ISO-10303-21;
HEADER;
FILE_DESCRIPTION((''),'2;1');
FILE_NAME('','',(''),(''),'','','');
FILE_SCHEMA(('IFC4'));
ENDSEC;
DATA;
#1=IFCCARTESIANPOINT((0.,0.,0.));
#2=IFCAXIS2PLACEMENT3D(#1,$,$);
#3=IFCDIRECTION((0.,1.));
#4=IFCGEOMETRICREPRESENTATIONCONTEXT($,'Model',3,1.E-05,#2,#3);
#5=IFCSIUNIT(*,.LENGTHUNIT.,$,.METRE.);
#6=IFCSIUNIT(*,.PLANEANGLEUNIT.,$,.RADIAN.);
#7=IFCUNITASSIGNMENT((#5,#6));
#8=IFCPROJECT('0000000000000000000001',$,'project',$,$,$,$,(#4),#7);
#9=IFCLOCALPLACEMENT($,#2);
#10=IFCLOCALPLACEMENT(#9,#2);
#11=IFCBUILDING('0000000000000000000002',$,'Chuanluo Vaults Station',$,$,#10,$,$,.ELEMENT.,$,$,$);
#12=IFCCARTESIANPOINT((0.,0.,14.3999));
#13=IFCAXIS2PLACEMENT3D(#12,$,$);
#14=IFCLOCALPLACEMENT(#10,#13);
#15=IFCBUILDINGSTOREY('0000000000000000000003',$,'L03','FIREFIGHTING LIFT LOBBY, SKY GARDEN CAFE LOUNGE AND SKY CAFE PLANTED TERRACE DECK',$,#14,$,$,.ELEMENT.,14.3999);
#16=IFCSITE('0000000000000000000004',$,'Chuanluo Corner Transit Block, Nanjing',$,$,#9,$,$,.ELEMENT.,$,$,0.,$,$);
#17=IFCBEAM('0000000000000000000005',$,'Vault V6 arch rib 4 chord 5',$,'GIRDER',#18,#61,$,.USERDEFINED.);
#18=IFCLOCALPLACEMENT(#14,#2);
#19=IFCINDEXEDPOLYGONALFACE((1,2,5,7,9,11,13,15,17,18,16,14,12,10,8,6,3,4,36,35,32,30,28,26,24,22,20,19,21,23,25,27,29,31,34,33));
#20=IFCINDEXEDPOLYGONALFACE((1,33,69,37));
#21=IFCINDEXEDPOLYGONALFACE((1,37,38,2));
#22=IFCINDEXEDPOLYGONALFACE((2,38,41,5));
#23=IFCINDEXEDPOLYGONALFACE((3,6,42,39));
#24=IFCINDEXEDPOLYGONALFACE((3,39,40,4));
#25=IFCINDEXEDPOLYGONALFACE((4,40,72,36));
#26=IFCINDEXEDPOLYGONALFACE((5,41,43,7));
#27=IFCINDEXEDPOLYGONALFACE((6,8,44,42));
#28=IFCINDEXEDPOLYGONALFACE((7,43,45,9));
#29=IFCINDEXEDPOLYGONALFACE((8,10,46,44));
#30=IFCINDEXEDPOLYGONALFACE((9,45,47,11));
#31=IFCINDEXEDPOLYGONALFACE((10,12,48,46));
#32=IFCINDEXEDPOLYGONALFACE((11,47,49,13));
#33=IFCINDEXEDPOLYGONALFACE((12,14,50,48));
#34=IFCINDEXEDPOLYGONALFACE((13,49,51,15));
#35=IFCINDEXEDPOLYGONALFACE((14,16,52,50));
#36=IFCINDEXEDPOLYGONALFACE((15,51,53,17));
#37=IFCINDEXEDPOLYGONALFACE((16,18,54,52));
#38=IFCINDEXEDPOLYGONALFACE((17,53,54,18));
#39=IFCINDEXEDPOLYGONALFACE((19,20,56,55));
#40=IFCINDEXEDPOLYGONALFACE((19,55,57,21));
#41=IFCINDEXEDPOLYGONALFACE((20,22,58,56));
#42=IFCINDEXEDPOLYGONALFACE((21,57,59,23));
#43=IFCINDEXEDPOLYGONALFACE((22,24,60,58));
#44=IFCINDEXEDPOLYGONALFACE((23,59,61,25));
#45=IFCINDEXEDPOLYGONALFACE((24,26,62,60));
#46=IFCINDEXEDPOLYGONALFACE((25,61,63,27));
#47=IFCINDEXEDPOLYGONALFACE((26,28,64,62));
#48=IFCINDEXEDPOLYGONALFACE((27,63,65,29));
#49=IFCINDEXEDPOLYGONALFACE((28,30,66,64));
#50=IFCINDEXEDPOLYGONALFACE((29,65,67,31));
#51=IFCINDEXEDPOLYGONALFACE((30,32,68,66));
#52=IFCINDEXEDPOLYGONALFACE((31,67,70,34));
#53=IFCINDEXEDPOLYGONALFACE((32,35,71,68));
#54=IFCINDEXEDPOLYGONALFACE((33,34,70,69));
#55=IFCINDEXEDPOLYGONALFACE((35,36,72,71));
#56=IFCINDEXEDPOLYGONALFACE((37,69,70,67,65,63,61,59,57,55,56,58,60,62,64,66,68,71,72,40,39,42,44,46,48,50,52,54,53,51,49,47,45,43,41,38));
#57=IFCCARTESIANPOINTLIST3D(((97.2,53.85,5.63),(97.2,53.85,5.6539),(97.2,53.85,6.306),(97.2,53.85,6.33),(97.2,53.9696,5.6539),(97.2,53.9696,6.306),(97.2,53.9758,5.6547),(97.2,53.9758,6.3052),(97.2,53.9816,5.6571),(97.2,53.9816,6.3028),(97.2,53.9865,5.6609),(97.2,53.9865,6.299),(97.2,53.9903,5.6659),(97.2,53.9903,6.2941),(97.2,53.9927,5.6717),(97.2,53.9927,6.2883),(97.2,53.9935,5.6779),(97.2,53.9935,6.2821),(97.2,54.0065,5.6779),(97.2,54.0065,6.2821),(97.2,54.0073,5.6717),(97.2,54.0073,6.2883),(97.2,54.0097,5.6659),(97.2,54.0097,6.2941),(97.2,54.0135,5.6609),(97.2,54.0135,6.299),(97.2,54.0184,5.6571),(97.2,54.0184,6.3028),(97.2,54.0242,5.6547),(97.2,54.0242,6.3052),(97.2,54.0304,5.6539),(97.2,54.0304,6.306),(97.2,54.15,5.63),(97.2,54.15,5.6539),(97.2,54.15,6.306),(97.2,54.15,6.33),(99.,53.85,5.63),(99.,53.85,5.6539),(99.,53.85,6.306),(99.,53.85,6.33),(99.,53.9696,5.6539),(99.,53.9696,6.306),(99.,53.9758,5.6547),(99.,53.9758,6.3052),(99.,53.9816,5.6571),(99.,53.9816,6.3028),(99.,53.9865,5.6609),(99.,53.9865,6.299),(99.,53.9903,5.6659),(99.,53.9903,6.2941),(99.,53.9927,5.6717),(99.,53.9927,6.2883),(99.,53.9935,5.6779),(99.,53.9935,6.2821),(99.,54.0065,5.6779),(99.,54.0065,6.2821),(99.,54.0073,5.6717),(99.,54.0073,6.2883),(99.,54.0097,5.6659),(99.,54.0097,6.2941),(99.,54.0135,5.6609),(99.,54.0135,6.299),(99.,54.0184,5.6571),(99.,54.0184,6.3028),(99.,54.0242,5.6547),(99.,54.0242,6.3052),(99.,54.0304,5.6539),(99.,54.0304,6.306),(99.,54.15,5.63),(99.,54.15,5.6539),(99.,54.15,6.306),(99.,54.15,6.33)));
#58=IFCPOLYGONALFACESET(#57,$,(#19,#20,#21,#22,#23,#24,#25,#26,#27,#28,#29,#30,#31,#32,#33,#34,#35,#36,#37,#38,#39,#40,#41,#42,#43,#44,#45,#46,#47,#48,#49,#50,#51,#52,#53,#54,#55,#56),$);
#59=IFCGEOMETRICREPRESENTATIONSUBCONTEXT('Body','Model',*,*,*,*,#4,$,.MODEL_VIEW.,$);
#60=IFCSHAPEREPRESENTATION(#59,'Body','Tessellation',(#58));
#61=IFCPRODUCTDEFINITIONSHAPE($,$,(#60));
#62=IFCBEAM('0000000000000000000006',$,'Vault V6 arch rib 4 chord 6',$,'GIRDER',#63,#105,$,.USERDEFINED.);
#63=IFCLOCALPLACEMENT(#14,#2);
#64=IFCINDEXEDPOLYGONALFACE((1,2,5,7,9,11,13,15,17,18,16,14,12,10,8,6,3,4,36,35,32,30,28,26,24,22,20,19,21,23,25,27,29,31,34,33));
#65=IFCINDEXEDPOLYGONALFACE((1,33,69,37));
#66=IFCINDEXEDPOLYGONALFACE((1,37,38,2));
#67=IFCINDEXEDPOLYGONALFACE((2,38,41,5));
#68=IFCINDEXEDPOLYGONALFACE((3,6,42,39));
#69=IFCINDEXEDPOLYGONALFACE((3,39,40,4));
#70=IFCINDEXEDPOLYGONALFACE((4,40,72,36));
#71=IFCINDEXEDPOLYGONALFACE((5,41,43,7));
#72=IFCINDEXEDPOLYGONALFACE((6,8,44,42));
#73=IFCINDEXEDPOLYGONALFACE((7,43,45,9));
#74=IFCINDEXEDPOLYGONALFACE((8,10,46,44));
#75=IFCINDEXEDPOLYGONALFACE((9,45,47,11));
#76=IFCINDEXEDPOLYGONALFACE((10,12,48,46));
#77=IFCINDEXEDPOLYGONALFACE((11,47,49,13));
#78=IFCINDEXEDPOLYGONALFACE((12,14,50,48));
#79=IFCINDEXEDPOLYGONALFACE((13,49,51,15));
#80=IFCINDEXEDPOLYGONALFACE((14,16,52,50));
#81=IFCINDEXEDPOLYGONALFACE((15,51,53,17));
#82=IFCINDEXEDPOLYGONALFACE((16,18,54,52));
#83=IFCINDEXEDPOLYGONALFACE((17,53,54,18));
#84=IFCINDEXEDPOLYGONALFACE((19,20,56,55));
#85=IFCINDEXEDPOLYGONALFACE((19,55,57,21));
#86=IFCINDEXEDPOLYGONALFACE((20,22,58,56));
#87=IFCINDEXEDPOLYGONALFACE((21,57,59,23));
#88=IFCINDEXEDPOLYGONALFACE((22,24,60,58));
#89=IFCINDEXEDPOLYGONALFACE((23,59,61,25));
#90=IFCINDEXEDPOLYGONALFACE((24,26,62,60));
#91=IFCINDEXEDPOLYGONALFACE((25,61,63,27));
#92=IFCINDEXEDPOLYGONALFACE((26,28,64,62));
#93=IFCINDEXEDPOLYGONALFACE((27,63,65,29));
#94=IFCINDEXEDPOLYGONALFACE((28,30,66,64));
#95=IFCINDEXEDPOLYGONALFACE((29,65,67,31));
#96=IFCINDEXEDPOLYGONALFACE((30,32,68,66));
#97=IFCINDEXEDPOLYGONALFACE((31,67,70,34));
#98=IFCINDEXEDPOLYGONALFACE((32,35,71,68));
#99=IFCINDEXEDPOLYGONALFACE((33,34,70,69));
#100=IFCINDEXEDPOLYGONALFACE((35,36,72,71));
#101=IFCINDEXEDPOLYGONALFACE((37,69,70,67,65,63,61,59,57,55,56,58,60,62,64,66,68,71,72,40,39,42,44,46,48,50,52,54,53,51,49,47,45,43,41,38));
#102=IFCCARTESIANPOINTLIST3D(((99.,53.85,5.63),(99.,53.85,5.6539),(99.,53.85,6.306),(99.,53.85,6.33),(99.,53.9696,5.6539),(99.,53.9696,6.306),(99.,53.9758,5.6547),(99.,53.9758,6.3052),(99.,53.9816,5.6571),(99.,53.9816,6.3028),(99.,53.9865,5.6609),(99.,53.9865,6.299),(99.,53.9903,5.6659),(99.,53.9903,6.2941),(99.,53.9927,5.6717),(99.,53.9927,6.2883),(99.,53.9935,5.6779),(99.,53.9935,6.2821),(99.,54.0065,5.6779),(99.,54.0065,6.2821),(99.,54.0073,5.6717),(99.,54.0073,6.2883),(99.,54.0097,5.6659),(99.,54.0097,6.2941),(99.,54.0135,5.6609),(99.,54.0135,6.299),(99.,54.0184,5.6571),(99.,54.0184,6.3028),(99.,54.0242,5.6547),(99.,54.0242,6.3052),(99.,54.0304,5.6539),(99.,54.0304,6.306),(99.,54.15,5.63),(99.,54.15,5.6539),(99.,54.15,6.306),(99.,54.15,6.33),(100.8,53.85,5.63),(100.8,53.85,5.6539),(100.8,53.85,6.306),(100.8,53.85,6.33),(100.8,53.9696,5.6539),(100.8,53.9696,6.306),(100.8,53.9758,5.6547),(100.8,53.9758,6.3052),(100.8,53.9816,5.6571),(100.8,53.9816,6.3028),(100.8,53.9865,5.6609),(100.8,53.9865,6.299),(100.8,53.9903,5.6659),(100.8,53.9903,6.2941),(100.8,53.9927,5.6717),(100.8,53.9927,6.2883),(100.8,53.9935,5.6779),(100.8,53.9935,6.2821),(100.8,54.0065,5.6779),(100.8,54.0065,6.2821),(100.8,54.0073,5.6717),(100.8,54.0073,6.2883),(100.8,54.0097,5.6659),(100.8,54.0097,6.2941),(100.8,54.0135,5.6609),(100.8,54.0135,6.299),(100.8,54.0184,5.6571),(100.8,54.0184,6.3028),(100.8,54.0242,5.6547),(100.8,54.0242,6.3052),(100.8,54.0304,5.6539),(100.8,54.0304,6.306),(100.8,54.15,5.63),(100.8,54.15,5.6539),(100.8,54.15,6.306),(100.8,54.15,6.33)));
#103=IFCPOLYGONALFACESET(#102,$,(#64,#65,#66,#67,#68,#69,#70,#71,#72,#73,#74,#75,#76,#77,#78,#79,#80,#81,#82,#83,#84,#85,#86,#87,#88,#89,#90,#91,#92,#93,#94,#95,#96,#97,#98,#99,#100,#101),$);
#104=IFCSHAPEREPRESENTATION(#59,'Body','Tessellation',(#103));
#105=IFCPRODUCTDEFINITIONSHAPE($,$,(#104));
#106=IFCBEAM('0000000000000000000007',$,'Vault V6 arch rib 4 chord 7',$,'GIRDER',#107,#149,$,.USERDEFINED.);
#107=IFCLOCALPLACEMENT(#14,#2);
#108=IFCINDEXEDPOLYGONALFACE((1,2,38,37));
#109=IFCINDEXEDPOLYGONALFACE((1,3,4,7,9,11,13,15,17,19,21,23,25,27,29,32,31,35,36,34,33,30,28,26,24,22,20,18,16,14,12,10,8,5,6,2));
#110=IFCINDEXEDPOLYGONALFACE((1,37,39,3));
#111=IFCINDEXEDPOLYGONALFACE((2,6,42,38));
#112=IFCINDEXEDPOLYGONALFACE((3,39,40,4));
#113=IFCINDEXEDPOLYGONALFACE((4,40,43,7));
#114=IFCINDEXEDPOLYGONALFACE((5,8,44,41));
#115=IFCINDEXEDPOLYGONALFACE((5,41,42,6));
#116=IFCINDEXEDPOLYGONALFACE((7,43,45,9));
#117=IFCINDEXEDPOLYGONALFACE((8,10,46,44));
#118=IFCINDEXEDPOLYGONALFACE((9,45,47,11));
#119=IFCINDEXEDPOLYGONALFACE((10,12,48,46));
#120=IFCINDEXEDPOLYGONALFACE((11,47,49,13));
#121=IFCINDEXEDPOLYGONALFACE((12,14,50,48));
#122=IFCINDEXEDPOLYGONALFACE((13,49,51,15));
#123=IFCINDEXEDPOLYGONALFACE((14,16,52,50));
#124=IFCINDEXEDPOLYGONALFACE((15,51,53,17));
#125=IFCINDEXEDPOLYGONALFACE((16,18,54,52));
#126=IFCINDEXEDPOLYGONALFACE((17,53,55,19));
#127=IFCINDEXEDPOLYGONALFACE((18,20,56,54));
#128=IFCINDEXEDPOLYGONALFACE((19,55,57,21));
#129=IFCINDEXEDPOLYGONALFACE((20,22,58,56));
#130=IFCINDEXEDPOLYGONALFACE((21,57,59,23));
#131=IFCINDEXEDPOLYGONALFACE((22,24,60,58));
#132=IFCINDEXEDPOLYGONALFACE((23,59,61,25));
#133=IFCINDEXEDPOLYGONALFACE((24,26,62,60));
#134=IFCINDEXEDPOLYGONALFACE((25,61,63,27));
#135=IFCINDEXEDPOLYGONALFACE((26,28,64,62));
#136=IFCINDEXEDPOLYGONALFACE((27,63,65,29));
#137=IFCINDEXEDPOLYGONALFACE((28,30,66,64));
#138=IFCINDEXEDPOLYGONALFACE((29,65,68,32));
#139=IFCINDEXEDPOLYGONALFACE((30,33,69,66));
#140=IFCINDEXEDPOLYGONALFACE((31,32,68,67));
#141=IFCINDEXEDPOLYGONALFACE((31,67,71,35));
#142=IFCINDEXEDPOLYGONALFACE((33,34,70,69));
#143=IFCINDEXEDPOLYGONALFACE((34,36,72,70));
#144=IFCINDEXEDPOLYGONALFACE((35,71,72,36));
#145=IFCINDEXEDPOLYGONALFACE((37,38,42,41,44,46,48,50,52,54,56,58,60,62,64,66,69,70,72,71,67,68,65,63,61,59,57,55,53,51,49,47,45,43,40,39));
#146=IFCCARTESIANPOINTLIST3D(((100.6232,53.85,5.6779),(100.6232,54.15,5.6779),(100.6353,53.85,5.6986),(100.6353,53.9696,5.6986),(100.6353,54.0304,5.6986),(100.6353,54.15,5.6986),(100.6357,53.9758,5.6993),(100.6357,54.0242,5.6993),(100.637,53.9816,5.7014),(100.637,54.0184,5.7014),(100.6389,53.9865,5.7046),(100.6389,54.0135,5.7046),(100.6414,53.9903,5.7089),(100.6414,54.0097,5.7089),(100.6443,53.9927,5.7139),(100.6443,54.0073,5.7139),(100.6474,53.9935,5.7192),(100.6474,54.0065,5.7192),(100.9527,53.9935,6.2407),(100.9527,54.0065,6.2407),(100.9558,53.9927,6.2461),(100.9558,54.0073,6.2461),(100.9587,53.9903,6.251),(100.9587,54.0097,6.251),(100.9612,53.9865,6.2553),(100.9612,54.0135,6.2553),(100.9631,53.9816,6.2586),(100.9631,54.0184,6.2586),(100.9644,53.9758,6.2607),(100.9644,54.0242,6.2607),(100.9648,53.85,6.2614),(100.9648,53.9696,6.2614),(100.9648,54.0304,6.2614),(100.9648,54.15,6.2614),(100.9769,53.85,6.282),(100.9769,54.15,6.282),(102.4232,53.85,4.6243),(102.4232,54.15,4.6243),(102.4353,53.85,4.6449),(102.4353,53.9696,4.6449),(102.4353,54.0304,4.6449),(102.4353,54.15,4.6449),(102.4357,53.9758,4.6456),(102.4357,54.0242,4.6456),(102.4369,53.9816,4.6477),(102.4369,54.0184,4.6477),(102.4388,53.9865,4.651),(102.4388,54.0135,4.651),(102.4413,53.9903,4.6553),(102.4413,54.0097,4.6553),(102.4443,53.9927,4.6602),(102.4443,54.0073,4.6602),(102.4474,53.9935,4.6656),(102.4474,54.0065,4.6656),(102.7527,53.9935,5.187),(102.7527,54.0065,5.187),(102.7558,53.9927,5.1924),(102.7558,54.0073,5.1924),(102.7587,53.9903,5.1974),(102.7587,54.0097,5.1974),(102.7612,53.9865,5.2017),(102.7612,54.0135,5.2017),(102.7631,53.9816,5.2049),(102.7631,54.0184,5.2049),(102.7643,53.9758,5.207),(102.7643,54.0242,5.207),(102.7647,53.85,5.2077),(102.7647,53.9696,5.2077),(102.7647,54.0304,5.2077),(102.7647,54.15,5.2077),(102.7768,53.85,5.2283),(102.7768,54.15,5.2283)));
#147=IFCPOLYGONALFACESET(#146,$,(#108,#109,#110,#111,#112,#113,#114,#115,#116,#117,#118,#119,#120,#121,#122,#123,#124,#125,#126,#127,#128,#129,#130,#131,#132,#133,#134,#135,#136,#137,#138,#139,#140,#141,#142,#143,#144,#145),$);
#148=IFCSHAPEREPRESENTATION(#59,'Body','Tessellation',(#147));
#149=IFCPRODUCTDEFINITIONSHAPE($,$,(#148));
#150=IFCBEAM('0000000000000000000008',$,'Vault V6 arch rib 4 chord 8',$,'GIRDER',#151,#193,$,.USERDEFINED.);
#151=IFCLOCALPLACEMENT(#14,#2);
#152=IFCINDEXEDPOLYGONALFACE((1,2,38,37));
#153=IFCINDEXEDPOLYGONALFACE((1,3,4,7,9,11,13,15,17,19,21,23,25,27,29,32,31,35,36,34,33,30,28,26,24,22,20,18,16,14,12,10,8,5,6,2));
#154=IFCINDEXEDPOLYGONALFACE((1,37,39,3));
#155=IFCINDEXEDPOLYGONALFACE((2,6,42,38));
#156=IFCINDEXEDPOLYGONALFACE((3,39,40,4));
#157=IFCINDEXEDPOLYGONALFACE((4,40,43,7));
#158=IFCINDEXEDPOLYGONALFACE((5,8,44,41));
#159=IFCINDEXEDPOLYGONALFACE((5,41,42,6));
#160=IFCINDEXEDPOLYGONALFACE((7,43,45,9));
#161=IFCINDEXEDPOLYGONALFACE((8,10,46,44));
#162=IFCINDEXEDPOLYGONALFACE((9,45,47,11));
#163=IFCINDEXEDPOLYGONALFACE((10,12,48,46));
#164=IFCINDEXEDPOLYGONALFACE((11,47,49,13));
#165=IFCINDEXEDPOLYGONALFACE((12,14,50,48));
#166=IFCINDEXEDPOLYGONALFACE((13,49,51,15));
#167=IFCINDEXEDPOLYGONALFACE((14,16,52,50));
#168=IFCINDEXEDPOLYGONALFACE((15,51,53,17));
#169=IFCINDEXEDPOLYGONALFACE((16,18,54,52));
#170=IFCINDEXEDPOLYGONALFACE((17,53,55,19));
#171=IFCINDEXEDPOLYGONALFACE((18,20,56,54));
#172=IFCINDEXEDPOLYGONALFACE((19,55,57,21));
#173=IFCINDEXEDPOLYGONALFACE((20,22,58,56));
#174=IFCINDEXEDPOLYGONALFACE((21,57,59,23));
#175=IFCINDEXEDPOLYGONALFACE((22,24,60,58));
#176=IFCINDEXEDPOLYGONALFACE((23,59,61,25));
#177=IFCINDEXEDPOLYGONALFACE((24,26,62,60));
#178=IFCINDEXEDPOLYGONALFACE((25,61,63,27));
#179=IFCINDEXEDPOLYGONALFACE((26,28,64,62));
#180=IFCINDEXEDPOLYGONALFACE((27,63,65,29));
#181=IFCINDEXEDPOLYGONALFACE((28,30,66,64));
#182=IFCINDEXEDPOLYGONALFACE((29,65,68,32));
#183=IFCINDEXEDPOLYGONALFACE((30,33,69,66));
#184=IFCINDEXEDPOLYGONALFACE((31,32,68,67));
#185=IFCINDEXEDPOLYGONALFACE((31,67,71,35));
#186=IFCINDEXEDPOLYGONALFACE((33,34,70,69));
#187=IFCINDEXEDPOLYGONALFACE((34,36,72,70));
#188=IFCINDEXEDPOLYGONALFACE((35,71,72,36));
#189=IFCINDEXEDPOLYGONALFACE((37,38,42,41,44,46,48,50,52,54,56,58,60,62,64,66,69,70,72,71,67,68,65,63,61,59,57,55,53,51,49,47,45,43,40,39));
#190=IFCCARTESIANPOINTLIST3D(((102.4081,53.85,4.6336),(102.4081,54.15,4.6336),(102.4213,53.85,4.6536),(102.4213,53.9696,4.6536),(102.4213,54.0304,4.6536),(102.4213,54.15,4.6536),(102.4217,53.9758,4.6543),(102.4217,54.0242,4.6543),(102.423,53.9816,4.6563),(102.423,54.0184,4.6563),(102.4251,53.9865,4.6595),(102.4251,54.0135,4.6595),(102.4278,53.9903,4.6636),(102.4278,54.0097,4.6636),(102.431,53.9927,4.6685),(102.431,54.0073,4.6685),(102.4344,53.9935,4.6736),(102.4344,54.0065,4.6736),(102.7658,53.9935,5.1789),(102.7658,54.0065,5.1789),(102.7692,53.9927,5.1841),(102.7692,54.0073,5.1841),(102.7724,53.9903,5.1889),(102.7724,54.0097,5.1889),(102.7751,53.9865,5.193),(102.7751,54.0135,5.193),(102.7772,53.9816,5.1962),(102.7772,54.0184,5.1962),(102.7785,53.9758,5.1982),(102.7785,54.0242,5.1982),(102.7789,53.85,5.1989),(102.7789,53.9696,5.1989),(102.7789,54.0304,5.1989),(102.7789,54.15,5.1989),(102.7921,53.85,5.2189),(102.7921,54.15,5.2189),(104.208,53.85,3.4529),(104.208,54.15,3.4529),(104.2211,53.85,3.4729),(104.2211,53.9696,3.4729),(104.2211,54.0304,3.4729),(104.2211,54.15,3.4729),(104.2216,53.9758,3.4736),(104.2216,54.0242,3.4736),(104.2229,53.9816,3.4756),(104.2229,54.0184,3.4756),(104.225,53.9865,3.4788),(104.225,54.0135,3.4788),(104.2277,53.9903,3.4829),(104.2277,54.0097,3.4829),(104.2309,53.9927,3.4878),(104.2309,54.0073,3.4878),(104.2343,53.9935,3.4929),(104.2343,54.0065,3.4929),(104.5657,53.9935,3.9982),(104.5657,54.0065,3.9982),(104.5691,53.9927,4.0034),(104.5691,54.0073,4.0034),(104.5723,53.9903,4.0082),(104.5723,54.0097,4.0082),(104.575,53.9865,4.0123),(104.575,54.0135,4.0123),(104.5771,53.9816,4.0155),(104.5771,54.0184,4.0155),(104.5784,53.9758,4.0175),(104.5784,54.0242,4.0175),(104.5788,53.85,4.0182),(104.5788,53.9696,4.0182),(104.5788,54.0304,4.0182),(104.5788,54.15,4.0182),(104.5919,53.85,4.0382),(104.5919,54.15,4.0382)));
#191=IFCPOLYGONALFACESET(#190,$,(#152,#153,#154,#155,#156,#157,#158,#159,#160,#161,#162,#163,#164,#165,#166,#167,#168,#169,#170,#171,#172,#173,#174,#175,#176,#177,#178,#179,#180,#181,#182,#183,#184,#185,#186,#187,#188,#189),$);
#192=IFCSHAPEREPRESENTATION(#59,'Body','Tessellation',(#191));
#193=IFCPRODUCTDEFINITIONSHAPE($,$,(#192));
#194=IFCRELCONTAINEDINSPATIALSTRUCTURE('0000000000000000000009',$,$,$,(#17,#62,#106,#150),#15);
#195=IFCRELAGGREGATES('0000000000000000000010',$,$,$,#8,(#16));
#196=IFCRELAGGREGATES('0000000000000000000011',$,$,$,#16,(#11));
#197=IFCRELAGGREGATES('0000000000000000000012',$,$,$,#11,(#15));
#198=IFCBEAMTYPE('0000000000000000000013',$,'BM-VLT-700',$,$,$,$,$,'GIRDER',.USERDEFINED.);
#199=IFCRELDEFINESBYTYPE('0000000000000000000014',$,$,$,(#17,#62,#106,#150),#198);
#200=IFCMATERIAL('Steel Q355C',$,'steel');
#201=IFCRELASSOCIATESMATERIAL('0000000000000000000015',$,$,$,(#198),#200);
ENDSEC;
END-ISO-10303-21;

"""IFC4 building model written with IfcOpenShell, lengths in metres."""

from ifc_helpers import new_model, si_unit, direction, frame, origin, origin_2d, place, context, subcontext, project, spatial, i_section, extrude, material, material_profile, profile_set, type_object, element, save


model = new_model("IFC4")

# Units and contexts
model_context = context("Model", 3, precision=1e-05, world=origin(), true_north=direction((0.0, 1.0)))
body_context = subcontext(model_context, "Body", "Model", "MODEL_VIEW")
ifc_project = project(units=[si_unit("LENGTHUNIT", "METRE"), si_unit("PLANEANGLEUNIT", "RADIAN")], contexts=[model_context])

# Site, building, storey
site_placement = place(None, origin())
site = spatial("IfcSite", under=ifc_project, at=site_placement, Name="Chuanluo Corner Transit Block, Nanjing", CompositionType="ELEMENT", RefElevation=0.0)
building_placement = place(site_placement, origin())
building = spatial("IfcBuilding", under=site, at=building_placement, Name="Chuanluo Vaults Station", CompositionType="ELEMENT")
storey_placement = place(building_placement, frame((0.0, 0.0, 14.3999)))
storey = spatial("IfcBuildingStorey", under=building, at=storey_placement, Name="L03", Description="FIREFIGHTING LIFT LOBBY, SKY GARDEN CAFE LOUNGE AND SKY CAFE PLANTED TERRACE DECK", CompositionType="ELEMENT", Elevation=14.3999)

# Beams
ifc_material_1 = material(Name="Steel Q355C", Category="steel")
ifc_material_profile_1 = material_profile(ifc_material_1, i_section(OverallWidth=0.3, OverallDepth=0.7, WebThickness=0.0129, FlangeThickness=0.0239, FilletRadius=0.0239, at=origin_2d()))
ifc_profile_set_1 = profile_set([ifc_material_profile_1], Name="Steel Q355C")
beam_type = type_object("IfcBeamType", Name="BM-VLT-700", ElementType="GIRDER", PredefinedType="USERDEFINED", material=ifc_profile_set_1)
for number, where, z_axis, x_axis, name in (
    (1, (97.2, 54.0, 5.98), (1.0, 0.0, 0.0), (0.0, 1.0, 0.0), "Vault V6 arch rib 4 chord 5"),
    (2, (99.0, 54.0, 5.98), (1.0, 0.0, 0.0), (0.0, 1.0, 0.0), "Vault V6 arch rib 4 chord 6"),
):
    element("IfcBeam", number, at=place(storey_placement, frame(where, z_axis=z_axis, x_axis=x_axis)), inside=storey, type_object=beam_type, Name=name, ObjectType="GIRDER", PredefinedType="USERDEFINED", context=body_context, shape_type="SweptSolid", body=[
        extrude(i_section(OverallWidth=0.3, OverallDepth=0.7, WebThickness=0.0129, FlangeThickness=0.0239, FilletRadius=0.0239, at=origin_2d()), origin(), (0.0, 0.0, 1.0), 1.8),
    ])
beam_1_placement = place(storey_placement, frame((100.8, 54.0, 5.98), z_axis=(0.863009, 0.0, -0.505188), x_axis=(0.0, 1.0, 0.0)))
element("IfcBeam", 3, at=beam_1_placement, inside=storey, type_object=beam_type, Name="Vault V6 arch rib 4 chord 7", ObjectType="GIRDER", PredefinedType="USERDEFINED", context=body_context, shape_type="SweptSolid", body=[
    extrude(i_section(OverallWidth=0.3, OverallDepth=0.7, WebThickness=0.0129, FlangeThickness=0.0239, FilletRadius=0.0239, at=origin_2d()), origin(), (0.0, 0.0, 1.0), 2.0857),
])
beam_2_placement = place(storey_placement, frame((102.6001, 54.0, 4.9263), z_axis=(0.836145, 0.0, -0.548508), x_axis=(0.0, 1.0, 0.0)))
element("IfcBeam", 4, at=beam_2_placement, inside=storey, type_object=beam_type, Name="Vault V6 arch rib 4 chord 8", ObjectType="GIRDER", PredefinedType="USERDEFINED", context=body_context, shape_type="SweptSolid", body=[
    extrude(i_section(OverallWidth=0.3, OverallDepth=0.7, WebThickness=0.0129, FlangeThickness=0.0239, FilletRadius=0.0239, at=origin_2d()), origin(), (0.0, 0.0, 1.0), 2.1526),
])

save(model, "model.ifc")
